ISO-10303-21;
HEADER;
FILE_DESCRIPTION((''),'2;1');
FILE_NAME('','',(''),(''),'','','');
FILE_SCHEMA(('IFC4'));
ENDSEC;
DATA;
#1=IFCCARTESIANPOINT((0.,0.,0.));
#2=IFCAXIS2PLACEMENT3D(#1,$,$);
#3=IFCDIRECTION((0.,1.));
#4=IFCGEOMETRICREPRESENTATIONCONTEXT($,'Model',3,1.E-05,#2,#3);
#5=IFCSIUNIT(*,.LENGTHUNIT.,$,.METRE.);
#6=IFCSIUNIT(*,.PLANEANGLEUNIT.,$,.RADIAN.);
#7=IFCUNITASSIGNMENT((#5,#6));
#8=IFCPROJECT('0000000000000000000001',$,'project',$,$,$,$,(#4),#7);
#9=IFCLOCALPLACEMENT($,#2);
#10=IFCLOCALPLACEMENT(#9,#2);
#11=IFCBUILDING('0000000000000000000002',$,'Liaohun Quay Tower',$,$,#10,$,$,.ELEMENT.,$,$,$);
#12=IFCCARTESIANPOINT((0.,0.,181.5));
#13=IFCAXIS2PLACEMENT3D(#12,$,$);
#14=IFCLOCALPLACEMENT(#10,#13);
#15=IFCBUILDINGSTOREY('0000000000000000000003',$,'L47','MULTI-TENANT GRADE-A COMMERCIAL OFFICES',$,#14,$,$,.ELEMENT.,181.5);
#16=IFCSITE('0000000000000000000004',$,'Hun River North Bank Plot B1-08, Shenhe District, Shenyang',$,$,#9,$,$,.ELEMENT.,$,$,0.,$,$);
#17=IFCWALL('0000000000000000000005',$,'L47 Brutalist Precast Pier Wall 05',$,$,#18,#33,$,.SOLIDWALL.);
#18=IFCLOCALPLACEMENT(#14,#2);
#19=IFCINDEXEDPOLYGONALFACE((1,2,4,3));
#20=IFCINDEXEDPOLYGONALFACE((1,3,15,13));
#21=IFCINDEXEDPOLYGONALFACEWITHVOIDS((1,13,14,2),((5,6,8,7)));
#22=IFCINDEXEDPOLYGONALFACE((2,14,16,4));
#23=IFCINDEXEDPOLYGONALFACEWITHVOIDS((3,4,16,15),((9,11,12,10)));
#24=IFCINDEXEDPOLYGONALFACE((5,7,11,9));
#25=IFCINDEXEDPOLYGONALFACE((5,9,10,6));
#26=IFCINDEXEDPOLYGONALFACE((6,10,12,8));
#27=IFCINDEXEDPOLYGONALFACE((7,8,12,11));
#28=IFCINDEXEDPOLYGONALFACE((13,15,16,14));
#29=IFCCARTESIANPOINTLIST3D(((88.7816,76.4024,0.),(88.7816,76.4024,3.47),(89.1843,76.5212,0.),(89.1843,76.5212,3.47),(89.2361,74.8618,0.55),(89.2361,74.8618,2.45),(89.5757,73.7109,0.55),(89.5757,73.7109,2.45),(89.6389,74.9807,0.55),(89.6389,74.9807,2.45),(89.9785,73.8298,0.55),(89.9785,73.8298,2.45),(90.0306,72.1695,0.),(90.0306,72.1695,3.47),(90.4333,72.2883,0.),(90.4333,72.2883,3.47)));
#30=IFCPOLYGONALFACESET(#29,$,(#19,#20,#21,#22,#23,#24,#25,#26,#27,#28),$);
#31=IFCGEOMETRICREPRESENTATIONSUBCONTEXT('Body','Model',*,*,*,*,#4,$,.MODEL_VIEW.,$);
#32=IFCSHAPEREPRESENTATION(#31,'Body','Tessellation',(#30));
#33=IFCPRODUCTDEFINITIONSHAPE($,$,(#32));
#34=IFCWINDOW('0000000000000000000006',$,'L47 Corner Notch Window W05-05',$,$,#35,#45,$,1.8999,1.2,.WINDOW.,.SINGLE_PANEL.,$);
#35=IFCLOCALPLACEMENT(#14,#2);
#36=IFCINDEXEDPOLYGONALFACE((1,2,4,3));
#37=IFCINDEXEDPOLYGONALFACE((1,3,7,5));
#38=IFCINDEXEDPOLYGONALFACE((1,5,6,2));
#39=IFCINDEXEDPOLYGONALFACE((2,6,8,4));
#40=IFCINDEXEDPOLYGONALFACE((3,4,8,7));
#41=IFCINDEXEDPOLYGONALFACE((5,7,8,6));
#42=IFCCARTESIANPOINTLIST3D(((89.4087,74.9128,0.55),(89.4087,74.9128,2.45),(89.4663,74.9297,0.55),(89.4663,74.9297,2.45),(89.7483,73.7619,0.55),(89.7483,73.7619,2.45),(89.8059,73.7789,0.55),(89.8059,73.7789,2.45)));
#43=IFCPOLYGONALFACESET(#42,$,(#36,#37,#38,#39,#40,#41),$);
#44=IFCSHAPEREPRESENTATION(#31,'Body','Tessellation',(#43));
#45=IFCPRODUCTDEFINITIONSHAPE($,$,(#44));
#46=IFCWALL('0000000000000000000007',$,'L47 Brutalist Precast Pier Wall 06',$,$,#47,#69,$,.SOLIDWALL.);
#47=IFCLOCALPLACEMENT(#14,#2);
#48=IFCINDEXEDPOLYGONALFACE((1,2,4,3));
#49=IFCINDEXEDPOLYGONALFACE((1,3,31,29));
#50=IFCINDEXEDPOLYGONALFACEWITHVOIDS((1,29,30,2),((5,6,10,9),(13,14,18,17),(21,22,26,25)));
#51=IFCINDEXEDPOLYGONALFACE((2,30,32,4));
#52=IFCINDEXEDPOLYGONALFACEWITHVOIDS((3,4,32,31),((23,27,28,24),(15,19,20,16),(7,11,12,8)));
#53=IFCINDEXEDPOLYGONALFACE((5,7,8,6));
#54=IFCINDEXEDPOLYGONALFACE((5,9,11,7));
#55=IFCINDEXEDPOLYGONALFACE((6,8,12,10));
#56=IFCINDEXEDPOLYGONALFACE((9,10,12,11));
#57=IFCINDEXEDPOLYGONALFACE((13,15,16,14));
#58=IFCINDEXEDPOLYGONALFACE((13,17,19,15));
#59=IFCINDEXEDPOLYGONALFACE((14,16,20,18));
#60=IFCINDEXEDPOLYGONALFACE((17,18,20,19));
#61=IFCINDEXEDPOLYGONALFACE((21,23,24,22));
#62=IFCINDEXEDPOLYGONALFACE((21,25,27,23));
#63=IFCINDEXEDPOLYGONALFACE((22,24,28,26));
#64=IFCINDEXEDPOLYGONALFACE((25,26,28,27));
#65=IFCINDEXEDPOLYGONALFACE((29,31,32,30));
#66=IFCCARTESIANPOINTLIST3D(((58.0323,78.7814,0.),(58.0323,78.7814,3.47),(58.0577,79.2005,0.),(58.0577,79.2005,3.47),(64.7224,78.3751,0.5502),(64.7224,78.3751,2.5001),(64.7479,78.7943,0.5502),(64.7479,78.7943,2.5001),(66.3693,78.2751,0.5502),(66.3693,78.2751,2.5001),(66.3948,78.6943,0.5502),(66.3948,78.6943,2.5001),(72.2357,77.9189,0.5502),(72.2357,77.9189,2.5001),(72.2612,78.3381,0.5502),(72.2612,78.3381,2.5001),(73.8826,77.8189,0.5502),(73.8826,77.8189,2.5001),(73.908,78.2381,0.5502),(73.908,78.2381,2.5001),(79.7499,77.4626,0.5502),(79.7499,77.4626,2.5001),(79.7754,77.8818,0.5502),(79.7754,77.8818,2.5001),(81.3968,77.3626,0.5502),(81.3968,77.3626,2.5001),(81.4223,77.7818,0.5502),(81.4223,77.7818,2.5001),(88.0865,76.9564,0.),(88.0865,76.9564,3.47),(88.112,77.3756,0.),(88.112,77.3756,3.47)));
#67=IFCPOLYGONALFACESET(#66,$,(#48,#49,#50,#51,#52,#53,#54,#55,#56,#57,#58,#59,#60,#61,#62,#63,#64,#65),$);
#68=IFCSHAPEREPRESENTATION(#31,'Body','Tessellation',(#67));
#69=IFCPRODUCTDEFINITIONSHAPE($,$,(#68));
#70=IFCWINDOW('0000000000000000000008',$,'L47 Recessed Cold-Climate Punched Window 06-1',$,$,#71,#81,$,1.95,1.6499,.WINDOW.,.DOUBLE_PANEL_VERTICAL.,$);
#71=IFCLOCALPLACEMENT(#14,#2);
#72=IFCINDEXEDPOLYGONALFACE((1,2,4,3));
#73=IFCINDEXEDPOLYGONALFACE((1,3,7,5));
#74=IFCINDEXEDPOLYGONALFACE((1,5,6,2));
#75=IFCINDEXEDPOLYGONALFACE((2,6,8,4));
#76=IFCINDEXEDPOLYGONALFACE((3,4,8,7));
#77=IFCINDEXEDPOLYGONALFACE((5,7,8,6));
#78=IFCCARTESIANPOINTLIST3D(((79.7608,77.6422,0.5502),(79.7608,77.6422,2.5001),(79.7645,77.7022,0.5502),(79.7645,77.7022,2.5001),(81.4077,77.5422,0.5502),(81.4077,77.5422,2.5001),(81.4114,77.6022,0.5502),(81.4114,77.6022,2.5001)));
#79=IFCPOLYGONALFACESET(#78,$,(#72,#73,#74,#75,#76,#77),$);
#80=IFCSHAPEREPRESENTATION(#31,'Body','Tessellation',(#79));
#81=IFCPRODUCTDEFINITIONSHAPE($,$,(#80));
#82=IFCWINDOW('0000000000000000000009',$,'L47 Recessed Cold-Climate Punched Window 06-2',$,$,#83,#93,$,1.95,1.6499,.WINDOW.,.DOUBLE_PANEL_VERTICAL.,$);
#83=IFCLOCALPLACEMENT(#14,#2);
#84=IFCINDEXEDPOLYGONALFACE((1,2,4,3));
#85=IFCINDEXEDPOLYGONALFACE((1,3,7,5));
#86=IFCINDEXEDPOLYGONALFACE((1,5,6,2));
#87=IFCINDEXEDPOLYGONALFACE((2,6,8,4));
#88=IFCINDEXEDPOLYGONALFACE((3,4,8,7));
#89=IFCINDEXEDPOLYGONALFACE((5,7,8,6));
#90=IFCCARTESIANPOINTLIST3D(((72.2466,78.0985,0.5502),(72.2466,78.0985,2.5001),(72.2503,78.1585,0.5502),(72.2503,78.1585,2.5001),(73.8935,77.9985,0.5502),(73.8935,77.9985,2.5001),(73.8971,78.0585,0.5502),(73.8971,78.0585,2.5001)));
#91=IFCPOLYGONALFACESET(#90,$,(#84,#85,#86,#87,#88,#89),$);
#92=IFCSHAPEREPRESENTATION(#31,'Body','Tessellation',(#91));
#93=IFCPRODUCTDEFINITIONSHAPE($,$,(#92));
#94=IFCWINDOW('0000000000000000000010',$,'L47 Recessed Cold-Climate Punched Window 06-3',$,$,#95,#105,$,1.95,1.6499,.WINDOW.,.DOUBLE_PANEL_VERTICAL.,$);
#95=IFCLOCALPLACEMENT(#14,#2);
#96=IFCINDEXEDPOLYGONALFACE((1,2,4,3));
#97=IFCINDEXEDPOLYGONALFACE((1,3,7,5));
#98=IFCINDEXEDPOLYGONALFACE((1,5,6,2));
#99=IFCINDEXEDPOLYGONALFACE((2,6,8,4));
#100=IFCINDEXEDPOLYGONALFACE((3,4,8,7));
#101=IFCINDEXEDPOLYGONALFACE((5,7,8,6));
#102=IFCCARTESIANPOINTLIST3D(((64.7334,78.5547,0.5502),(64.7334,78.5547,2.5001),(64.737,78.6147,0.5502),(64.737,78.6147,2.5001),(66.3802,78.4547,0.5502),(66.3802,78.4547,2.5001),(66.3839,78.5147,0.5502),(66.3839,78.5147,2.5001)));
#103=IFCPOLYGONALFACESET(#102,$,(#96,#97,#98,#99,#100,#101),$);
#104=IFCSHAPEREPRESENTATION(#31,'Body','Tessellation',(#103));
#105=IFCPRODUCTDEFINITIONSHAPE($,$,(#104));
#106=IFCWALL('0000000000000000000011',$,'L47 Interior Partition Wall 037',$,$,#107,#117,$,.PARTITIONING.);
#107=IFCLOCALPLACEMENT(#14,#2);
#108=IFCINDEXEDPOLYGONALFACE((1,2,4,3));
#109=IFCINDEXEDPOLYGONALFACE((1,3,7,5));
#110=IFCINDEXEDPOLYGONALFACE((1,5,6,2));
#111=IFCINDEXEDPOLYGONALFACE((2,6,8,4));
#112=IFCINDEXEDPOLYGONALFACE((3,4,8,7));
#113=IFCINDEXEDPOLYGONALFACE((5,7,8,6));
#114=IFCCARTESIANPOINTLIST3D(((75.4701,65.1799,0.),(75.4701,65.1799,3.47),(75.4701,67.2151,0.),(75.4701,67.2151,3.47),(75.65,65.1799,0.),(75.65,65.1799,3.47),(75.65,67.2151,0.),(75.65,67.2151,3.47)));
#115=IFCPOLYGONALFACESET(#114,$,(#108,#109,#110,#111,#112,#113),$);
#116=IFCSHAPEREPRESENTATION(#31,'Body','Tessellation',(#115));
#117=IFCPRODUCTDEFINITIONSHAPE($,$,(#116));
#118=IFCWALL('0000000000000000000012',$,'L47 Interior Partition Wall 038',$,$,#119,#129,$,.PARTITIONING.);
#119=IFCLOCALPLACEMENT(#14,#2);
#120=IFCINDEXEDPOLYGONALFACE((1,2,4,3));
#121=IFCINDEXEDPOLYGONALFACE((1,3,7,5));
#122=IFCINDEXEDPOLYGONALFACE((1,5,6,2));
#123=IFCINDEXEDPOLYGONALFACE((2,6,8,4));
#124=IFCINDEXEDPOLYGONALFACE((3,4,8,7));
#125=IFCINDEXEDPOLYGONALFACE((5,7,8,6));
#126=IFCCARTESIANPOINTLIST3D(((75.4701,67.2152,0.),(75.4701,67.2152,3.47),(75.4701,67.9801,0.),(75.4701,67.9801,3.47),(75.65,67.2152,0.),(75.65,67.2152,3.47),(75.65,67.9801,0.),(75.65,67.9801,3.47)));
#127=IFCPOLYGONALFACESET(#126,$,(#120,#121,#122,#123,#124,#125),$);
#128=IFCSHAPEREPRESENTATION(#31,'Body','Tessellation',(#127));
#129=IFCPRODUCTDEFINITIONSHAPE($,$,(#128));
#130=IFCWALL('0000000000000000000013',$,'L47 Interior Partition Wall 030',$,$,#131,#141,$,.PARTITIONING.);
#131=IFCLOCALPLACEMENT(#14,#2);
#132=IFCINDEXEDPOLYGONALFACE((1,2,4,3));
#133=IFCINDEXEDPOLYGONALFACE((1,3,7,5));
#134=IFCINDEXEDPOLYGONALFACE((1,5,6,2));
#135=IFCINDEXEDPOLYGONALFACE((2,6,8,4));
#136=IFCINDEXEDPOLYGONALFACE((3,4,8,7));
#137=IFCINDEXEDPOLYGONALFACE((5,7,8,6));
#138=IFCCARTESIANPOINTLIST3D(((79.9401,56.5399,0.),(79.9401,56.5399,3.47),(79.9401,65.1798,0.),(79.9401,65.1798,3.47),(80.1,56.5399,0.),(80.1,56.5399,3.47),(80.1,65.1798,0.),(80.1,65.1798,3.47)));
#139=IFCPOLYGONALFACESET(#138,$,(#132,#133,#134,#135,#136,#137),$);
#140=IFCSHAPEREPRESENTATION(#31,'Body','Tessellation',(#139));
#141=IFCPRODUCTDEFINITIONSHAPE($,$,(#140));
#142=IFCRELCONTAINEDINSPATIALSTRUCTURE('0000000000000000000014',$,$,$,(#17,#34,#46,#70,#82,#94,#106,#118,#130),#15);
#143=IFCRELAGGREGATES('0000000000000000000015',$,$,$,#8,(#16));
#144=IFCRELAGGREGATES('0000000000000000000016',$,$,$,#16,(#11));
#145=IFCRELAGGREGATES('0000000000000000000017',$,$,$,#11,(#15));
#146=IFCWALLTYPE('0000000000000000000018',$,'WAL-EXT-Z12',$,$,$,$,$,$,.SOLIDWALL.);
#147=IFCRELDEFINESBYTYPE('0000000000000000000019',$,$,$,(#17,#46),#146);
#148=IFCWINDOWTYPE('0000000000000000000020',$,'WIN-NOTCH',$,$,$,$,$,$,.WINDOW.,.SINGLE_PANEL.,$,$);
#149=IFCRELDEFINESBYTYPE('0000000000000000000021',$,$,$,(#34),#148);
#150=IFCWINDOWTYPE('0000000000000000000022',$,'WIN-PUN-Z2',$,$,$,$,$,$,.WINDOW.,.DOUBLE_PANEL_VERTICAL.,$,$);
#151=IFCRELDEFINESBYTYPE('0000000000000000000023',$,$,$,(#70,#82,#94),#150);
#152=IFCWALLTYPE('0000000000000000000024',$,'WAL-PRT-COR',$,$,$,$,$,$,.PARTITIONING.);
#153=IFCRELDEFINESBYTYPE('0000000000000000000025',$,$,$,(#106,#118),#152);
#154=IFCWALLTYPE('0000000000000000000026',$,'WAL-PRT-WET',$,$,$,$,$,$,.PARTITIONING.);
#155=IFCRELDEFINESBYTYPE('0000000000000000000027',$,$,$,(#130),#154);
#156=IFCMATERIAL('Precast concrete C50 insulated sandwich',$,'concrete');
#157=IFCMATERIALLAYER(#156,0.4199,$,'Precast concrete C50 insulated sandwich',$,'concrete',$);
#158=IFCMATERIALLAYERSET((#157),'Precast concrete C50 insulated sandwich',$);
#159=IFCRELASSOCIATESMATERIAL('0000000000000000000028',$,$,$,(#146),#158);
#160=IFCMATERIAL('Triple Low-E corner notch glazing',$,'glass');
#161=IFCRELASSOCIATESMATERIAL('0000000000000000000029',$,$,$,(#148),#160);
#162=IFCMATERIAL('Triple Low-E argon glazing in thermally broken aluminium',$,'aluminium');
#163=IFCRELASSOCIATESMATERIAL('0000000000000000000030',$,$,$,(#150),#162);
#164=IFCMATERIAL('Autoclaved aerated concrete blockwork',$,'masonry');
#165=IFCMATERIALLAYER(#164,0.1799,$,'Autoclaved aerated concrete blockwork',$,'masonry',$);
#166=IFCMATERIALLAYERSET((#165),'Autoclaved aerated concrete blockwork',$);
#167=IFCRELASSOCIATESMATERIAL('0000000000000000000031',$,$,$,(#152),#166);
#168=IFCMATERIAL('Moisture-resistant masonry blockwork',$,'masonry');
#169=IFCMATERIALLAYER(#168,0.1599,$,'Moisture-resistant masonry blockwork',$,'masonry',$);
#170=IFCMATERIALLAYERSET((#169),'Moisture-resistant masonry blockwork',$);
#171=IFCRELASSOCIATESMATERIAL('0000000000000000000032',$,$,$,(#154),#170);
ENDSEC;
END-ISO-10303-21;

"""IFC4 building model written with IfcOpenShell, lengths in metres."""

from ifc_helpers import new_model, si_unit, direction, frame, frame_2d, origin, place, context, subcontext, project, spatial, rectangle, extrude, source, transform, mapped, material, layer, layer_set, type_object, element, fill, save


model = new_model("IFC4")

# Units and contexts
model_context = context("Model", 3, precision=1e-05, world=origin(), true_north=direction((0.0, 1.0)))
body_context = subcontext(model_context, "Body", "Model", "MODEL_VIEW")
ifc_project = project(units=[si_unit("LENGTHUNIT", "METRE"), si_unit("PLANEANGLEUNIT", "RADIAN")], contexts=[model_context])

# Site, building, storey
site_placement = place(None, origin())
site = spatial("IfcSite", under=ifc_project, at=site_placement, Name="Hun River North Bank Plot B1-08, Shenhe District, Shenyang", CompositionType="ELEMENT", RefElevation=0.0)
building_placement = place(site_placement, origin())
building = spatial("IfcBuilding", under=site, at=building_placement, Name="Liaohun Quay Tower", CompositionType="ELEMENT")
storey_placement = place(building_placement, frame((0.0, 0.0, 181.5)))
storey = spatial("IfcBuildingStorey", under=building, at=storey_placement, Name="L47", Description="MULTI-TENANT GRADE-A COMMERCIAL OFFICES", CompositionType="ELEMENT", Elevation=181.5)

# Wall, opening, window
ifc_material_1 = material(Name="Precast concrete C50 insulated sandwich", Category="concrete")
ifc_layer_1 = layer(ifc_material_1, 0.4199, Name="Precast concrete C50 insulated sandwich", Category="concrete")
ifc_layer_set_1 = layer_set([ifc_layer_1], Name="Precast concrete C50 insulated sandwich")
wall_type_1 = type_object("IfcWallType", Name="WAL-EXT-Z12", PredefinedType="SOLIDWALL", material=ifc_layer_set_1)
shared_shape_1 = source(origin(), body_context, "Body", "SweptSolid", [
    extrude(rectangle(XDim=1.2, YDim=1.8999, at=frame_2d((0.6001, 0.95))), frame((0.0, 0.22, 0.0), z_axis=(0.0, -1.0, 0.0), x_axis=(1.0, 0.0, 0.0)), (0.0, 0.0, 1.0), 0.4399),
])
ifc_material_2 = material(Name="Triple Low-E corner notch glazing", Category="glass")
window_type_1 = type_object("IfcWindowType", Name="WIN-NOTCH", PartitioningType="SINGLE_PANEL", PredefinedType="WINDOW", material=ifc_material_2)
shared_shape_2 = source(origin(), body_context, "Body", "SweptSolid", [
    extrude(rectangle(XDim=1.2, YDim=1.8999, at=frame_2d((0.6001, 0.95))), frame((0.0, 0.03, 0.0), z_axis=(0.0, -1.0, 0.0), x_axis=(1.0, 0.0, 0.0)), (0.0, 0.0, 1.0), 0.0601),
])
wall_1_placement = place(storey_placement, frame((90.2319, 72.229, 0.0), z_axis=(0.0, 0.0, 1.0), x_axis=(-0.283011, 0.959117, 0.0)))
wall_1 = element("IfcWall", 1, at=wall_1_placement, inside=storey, type_object=wall_type_1, Name="L47 Brutalist Precast Pier Wall 05", PredefinedType="SOLIDWALL", context=body_context, shape_type="SweptSolid", body=[
    extrude(rectangle(XDim=4.4133, YDim=0.4199, at=frame_2d((2.2065, 0.0))), origin(), (0.0, 0.0, 1.0), 3.47),
])
opening_1_placement = place(wall_1_placement, frame((1.6069, 0.0, 0.55)))
opening_1 = element("IfcOpeningElement", 2, at=opening_1_placement, cuts=wall_1, PredefinedType="OPENING", context=body_context, shape_type="MappedRepresentation", body=[
    mapped(shared_shape_1, transform((0.0, 0.0, 0.0), x_axis=(1.0, 0.0, 0.0), y_axis=(0.0, 1.0, 0.0), z_axis=(0.0, 0.0, 1.0), scale=1.0)),
])
window_1_placement = place(opening_1_placement, origin())
window_1 = element("IfcWindow", 3, at=window_1_placement, inside=storey, type_object=window_type_1, Name="L47 Corner Notch Window W05-05", OverallHeight=1.8999, OverallWidth=1.2, PartitioningType="SINGLE_PANEL", PredefinedType="WINDOW", context=body_context, shape_type="MappedRepresentation", body=[
    mapped(shared_shape_2, transform((0.0, 0.0, 0.0), x_axis=(1.0, 0.0, 0.0), y_axis=(0.0, 1.0, 0.0), z_axis=(0.0, 0.0, 1.0), scale=1.0)),
])
fill(opening_1, window_1)

# Wall, openings, windows
wall_2_placement = place(storey_placement, frame((88.0991, 77.166, 0.0), z_axis=(0.0, 0.0, 1.0), x_axis=(-0.998162, 0.06061, 0.0)))
wall_2 = element("IfcWall", 4, at=wall_2_placement, inside=storey, type_object=wall_type_1, Name="L47 Brutalist Precast Pier Wall 06", PredefinedType="SOLIDWALL", context=body_context, shape_type="SweptSolid", body=[
    extrude(rectangle(XDim=30.1096, YDim=0.4199, at=frame_2d((15.0547, 0.0))), origin(), (0.0, 0.0, 1.0), 3.47),
])
shared_shape_3 = source(origin(), body_context, "Body", "SweptSolid", [
    extrude(rectangle(XDim=1.6499, YDim=1.95, at=frame_2d((0.825, 0.9751))), frame((0.0, 0.22, 0.0), z_axis=(0.0, -1.0, 0.0), x_axis=(1.0, 0.0, 0.0)), (0.0, 0.0, 1.0), 0.4399),
])
opening_2_placement = place(wall_2_placement, frame((6.7019, 0.0, 0.55)))
opening_2 = element("IfcOpeningElement", 5, at=opening_2_placement, cuts=wall_2, PredefinedType="OPENING", context=body_context, shape_type="MappedRepresentation", body=[
    mapped(shared_shape_3, transform((0.0, 0.0, 0.0), x_axis=(1.0, 0.0, 0.0), y_axis=(0.0, 1.0, 0.0), z_axis=(0.0, 0.0, 1.0), scale=1.0)),
])
opening_3_placement = place(wall_2_placement, frame((14.23, 0.0, 0.55)))
opening_3 = element("IfcOpeningElement", 6, at=opening_3_placement, cuts=wall_2, PredefinedType="OPENING", context=body_context, shape_type="MappedRepresentation", body=[
    mapped(shared_shape_3, transform((0.0, 0.0, 0.0), x_axis=(1.0, 0.0, 0.0), y_axis=(0.0, 1.0, 0.0), z_axis=(0.0, 0.0, 1.0), scale=1.0)),
])
opening_4_placement = place(wall_2_placement, frame((21.7571, 0.0, 0.55)))
opening_4 = element("IfcOpeningElement", 7, at=opening_4_placement, cuts=wall_2, PredefinedType="OPENING", context=body_context, shape_type="MappedRepresentation", body=[
    mapped(shared_shape_3, transform((0.0, 0.0, 0.0), x_axis=(1.0, 0.0, 0.0), y_axis=(0.0, 1.0, 0.0), z_axis=(0.0, 0.0, 1.0), scale=1.0)),
])
ifc_material_3 = material(Name="Triple Low-E argon glazing in thermally broken aluminium", Category="aluminium")
window_type_2 = type_object("IfcWindowType", Name="WIN-PUN-Z2", PartitioningType="DOUBLE_PANEL_VERTICAL", PredefinedType="WINDOW", material=ifc_material_3)
shared_shape_4 = source(origin(), body_context, "Body", "SweptSolid", [
    extrude(rectangle(XDim=1.6499, YDim=1.95, at=frame_2d((0.825, 0.9751))), frame((0.0, 0.03, 0.0), z_axis=(0.0, -1.0, 0.0), x_axis=(1.0, 0.0, 0.0)), (0.0, 0.0, 1.0), 0.0601),
])
window_2_placement = place(opening_2_placement, origin())
window_2 = element("IfcWindow", 8, at=window_2_placement, inside=storey, type_object=window_type_2, Name="L47 Recessed Cold-Climate Punched Window 06-1", OverallHeight=1.95, OverallWidth=1.6499, PartitioningType="DOUBLE_PANEL_VERTICAL", PredefinedType="WINDOW", context=body_context, shape_type="MappedRepresentation", body=[
    mapped(shared_shape_4, transform((0.0, 0.0, 0.0), x_axis=(1.0, 0.0, 0.0), y_axis=(0.0, 1.0, 0.0), z_axis=(0.0, 0.0, 1.0), scale=1.0)),
])
fill(opening_2, window_2)
window_3_placement = place(opening_3_placement, origin())
window_3 = element("IfcWindow", 9, at=window_3_placement, inside=storey, type_object=window_type_2, Name="L47 Recessed Cold-Climate Punched Window 06-2", OverallHeight=1.95, OverallWidth=1.6499, PartitioningType="DOUBLE_PANEL_VERTICAL", PredefinedType="WINDOW", context=body_context, shape_type="MappedRepresentation", body=[
    mapped(shared_shape_4, transform((0.0, 0.0, 0.0), x_axis=(1.0, 0.0, 0.0), y_axis=(0.0, 1.0, 0.0), z_axis=(0.0, 0.0, 1.0), scale=1.0)),
])
fill(opening_3, window_3)
window_4_placement = place(opening_4_placement, origin())
window_4 = element("IfcWindow", 10, at=window_4_placement, inside=storey, type_object=window_type_2, Name="L47 Recessed Cold-Climate Punched Window 06-3", OverallHeight=1.95, OverallWidth=1.6499, PartitioningType="DOUBLE_PANEL_VERTICAL", PredefinedType="WINDOW", context=body_context, shape_type="MappedRepresentation", body=[
    mapped(shared_shape_4, transform((0.0, 0.0, 0.0), x_axis=(1.0, 0.0, 0.0), y_axis=(0.0, 1.0, 0.0), z_axis=(0.0, 0.0, 1.0), scale=1.0)),
])
fill(opening_4, window_4)

# Walls
ifc_material_4 = material(Name="Autoclaved aerated concrete blockwork", Category="masonry")
ifc_layer_2 = layer(ifc_material_4, 0.1799, Name="Autoclaved aerated concrete blockwork", Category="masonry")
ifc_layer_set_2 = layer_set([ifc_layer_2], Name="Autoclaved aerated concrete blockwork")
wall_type_2 = type_object("IfcWallType", Name="WAL-PRT-COR", PredefinedType="PARTITIONING", material=ifc_layer_set_2)
wall_3_placement = place(storey_placement, frame((75.5601, 67.2151, 0.0), z_axis=(0.0, 0.0, 1.0), x_axis=(0.0, -1.0, 0.0)))
element("IfcWall", 11, at=wall_3_placement, inside=storey, type_object=wall_type_2, Name="L47 Interior Partition Wall 037", PredefinedType="PARTITIONING", context=body_context, shape_type="SweptSolid", body=[
    extrude(rectangle(XDim=2.0352, YDim=0.1799, at=frame_2d((1.0176, 0.0))), origin(), (0.0, 0.0, 1.0), 3.47),
])
wall_4_placement = place(storey_placement, frame((75.5601, 67.98, 0.0), z_axis=(0.0, 0.0, 1.0), x_axis=(0.0, -1.0, 0.0)))
element("IfcWall", 12, at=wall_4_placement, inside=storey, type_object=wall_type_2, Name="L47 Interior Partition Wall 038", PredefinedType="PARTITIONING", context=body_context, shape_type="SweptSolid", body=[
    extrude(rectangle(XDim=0.7649, YDim=0.1799, at=frame_2d((0.3823, 0.0))), origin(), (0.0, 0.0, 1.0), 3.47),
])
ifc_material_5 = material(Name="Moisture-resistant masonry blockwork", Category="masonry")
ifc_layer_3 = layer(ifc_material_5, 0.1599, Name="Moisture-resistant masonry blockwork", Category="masonry")
ifc_layer_set_3 = layer_set([ifc_layer_3], Name="Moisture-resistant masonry blockwork")
wall_type_3 = type_object("IfcWallType", Name="WAL-PRT-WET", PredefinedType="PARTITIONING", material=ifc_layer_set_3)
wall_5_placement = place(storey_placement, frame((80.02, 56.54, 0.0), z_axis=(0.0, 0.0, 1.0), x_axis=(0.0, 1.0, 0.0)))
element("IfcWall", 13, at=wall_5_placement, inside=storey, type_object=wall_type_3, Name="L47 Interior Partition Wall 030", PredefinedType="PARTITIONING", context=body_context, shape_type="SweptSolid", body=[
    extrude(rectangle(XDim=8.6399, YDim=0.1599, at=frame_2d((4.3198, 0.0))), origin(), (0.0, 0.0, 1.0), 3.47),
])

save(model, "model.ifc")
